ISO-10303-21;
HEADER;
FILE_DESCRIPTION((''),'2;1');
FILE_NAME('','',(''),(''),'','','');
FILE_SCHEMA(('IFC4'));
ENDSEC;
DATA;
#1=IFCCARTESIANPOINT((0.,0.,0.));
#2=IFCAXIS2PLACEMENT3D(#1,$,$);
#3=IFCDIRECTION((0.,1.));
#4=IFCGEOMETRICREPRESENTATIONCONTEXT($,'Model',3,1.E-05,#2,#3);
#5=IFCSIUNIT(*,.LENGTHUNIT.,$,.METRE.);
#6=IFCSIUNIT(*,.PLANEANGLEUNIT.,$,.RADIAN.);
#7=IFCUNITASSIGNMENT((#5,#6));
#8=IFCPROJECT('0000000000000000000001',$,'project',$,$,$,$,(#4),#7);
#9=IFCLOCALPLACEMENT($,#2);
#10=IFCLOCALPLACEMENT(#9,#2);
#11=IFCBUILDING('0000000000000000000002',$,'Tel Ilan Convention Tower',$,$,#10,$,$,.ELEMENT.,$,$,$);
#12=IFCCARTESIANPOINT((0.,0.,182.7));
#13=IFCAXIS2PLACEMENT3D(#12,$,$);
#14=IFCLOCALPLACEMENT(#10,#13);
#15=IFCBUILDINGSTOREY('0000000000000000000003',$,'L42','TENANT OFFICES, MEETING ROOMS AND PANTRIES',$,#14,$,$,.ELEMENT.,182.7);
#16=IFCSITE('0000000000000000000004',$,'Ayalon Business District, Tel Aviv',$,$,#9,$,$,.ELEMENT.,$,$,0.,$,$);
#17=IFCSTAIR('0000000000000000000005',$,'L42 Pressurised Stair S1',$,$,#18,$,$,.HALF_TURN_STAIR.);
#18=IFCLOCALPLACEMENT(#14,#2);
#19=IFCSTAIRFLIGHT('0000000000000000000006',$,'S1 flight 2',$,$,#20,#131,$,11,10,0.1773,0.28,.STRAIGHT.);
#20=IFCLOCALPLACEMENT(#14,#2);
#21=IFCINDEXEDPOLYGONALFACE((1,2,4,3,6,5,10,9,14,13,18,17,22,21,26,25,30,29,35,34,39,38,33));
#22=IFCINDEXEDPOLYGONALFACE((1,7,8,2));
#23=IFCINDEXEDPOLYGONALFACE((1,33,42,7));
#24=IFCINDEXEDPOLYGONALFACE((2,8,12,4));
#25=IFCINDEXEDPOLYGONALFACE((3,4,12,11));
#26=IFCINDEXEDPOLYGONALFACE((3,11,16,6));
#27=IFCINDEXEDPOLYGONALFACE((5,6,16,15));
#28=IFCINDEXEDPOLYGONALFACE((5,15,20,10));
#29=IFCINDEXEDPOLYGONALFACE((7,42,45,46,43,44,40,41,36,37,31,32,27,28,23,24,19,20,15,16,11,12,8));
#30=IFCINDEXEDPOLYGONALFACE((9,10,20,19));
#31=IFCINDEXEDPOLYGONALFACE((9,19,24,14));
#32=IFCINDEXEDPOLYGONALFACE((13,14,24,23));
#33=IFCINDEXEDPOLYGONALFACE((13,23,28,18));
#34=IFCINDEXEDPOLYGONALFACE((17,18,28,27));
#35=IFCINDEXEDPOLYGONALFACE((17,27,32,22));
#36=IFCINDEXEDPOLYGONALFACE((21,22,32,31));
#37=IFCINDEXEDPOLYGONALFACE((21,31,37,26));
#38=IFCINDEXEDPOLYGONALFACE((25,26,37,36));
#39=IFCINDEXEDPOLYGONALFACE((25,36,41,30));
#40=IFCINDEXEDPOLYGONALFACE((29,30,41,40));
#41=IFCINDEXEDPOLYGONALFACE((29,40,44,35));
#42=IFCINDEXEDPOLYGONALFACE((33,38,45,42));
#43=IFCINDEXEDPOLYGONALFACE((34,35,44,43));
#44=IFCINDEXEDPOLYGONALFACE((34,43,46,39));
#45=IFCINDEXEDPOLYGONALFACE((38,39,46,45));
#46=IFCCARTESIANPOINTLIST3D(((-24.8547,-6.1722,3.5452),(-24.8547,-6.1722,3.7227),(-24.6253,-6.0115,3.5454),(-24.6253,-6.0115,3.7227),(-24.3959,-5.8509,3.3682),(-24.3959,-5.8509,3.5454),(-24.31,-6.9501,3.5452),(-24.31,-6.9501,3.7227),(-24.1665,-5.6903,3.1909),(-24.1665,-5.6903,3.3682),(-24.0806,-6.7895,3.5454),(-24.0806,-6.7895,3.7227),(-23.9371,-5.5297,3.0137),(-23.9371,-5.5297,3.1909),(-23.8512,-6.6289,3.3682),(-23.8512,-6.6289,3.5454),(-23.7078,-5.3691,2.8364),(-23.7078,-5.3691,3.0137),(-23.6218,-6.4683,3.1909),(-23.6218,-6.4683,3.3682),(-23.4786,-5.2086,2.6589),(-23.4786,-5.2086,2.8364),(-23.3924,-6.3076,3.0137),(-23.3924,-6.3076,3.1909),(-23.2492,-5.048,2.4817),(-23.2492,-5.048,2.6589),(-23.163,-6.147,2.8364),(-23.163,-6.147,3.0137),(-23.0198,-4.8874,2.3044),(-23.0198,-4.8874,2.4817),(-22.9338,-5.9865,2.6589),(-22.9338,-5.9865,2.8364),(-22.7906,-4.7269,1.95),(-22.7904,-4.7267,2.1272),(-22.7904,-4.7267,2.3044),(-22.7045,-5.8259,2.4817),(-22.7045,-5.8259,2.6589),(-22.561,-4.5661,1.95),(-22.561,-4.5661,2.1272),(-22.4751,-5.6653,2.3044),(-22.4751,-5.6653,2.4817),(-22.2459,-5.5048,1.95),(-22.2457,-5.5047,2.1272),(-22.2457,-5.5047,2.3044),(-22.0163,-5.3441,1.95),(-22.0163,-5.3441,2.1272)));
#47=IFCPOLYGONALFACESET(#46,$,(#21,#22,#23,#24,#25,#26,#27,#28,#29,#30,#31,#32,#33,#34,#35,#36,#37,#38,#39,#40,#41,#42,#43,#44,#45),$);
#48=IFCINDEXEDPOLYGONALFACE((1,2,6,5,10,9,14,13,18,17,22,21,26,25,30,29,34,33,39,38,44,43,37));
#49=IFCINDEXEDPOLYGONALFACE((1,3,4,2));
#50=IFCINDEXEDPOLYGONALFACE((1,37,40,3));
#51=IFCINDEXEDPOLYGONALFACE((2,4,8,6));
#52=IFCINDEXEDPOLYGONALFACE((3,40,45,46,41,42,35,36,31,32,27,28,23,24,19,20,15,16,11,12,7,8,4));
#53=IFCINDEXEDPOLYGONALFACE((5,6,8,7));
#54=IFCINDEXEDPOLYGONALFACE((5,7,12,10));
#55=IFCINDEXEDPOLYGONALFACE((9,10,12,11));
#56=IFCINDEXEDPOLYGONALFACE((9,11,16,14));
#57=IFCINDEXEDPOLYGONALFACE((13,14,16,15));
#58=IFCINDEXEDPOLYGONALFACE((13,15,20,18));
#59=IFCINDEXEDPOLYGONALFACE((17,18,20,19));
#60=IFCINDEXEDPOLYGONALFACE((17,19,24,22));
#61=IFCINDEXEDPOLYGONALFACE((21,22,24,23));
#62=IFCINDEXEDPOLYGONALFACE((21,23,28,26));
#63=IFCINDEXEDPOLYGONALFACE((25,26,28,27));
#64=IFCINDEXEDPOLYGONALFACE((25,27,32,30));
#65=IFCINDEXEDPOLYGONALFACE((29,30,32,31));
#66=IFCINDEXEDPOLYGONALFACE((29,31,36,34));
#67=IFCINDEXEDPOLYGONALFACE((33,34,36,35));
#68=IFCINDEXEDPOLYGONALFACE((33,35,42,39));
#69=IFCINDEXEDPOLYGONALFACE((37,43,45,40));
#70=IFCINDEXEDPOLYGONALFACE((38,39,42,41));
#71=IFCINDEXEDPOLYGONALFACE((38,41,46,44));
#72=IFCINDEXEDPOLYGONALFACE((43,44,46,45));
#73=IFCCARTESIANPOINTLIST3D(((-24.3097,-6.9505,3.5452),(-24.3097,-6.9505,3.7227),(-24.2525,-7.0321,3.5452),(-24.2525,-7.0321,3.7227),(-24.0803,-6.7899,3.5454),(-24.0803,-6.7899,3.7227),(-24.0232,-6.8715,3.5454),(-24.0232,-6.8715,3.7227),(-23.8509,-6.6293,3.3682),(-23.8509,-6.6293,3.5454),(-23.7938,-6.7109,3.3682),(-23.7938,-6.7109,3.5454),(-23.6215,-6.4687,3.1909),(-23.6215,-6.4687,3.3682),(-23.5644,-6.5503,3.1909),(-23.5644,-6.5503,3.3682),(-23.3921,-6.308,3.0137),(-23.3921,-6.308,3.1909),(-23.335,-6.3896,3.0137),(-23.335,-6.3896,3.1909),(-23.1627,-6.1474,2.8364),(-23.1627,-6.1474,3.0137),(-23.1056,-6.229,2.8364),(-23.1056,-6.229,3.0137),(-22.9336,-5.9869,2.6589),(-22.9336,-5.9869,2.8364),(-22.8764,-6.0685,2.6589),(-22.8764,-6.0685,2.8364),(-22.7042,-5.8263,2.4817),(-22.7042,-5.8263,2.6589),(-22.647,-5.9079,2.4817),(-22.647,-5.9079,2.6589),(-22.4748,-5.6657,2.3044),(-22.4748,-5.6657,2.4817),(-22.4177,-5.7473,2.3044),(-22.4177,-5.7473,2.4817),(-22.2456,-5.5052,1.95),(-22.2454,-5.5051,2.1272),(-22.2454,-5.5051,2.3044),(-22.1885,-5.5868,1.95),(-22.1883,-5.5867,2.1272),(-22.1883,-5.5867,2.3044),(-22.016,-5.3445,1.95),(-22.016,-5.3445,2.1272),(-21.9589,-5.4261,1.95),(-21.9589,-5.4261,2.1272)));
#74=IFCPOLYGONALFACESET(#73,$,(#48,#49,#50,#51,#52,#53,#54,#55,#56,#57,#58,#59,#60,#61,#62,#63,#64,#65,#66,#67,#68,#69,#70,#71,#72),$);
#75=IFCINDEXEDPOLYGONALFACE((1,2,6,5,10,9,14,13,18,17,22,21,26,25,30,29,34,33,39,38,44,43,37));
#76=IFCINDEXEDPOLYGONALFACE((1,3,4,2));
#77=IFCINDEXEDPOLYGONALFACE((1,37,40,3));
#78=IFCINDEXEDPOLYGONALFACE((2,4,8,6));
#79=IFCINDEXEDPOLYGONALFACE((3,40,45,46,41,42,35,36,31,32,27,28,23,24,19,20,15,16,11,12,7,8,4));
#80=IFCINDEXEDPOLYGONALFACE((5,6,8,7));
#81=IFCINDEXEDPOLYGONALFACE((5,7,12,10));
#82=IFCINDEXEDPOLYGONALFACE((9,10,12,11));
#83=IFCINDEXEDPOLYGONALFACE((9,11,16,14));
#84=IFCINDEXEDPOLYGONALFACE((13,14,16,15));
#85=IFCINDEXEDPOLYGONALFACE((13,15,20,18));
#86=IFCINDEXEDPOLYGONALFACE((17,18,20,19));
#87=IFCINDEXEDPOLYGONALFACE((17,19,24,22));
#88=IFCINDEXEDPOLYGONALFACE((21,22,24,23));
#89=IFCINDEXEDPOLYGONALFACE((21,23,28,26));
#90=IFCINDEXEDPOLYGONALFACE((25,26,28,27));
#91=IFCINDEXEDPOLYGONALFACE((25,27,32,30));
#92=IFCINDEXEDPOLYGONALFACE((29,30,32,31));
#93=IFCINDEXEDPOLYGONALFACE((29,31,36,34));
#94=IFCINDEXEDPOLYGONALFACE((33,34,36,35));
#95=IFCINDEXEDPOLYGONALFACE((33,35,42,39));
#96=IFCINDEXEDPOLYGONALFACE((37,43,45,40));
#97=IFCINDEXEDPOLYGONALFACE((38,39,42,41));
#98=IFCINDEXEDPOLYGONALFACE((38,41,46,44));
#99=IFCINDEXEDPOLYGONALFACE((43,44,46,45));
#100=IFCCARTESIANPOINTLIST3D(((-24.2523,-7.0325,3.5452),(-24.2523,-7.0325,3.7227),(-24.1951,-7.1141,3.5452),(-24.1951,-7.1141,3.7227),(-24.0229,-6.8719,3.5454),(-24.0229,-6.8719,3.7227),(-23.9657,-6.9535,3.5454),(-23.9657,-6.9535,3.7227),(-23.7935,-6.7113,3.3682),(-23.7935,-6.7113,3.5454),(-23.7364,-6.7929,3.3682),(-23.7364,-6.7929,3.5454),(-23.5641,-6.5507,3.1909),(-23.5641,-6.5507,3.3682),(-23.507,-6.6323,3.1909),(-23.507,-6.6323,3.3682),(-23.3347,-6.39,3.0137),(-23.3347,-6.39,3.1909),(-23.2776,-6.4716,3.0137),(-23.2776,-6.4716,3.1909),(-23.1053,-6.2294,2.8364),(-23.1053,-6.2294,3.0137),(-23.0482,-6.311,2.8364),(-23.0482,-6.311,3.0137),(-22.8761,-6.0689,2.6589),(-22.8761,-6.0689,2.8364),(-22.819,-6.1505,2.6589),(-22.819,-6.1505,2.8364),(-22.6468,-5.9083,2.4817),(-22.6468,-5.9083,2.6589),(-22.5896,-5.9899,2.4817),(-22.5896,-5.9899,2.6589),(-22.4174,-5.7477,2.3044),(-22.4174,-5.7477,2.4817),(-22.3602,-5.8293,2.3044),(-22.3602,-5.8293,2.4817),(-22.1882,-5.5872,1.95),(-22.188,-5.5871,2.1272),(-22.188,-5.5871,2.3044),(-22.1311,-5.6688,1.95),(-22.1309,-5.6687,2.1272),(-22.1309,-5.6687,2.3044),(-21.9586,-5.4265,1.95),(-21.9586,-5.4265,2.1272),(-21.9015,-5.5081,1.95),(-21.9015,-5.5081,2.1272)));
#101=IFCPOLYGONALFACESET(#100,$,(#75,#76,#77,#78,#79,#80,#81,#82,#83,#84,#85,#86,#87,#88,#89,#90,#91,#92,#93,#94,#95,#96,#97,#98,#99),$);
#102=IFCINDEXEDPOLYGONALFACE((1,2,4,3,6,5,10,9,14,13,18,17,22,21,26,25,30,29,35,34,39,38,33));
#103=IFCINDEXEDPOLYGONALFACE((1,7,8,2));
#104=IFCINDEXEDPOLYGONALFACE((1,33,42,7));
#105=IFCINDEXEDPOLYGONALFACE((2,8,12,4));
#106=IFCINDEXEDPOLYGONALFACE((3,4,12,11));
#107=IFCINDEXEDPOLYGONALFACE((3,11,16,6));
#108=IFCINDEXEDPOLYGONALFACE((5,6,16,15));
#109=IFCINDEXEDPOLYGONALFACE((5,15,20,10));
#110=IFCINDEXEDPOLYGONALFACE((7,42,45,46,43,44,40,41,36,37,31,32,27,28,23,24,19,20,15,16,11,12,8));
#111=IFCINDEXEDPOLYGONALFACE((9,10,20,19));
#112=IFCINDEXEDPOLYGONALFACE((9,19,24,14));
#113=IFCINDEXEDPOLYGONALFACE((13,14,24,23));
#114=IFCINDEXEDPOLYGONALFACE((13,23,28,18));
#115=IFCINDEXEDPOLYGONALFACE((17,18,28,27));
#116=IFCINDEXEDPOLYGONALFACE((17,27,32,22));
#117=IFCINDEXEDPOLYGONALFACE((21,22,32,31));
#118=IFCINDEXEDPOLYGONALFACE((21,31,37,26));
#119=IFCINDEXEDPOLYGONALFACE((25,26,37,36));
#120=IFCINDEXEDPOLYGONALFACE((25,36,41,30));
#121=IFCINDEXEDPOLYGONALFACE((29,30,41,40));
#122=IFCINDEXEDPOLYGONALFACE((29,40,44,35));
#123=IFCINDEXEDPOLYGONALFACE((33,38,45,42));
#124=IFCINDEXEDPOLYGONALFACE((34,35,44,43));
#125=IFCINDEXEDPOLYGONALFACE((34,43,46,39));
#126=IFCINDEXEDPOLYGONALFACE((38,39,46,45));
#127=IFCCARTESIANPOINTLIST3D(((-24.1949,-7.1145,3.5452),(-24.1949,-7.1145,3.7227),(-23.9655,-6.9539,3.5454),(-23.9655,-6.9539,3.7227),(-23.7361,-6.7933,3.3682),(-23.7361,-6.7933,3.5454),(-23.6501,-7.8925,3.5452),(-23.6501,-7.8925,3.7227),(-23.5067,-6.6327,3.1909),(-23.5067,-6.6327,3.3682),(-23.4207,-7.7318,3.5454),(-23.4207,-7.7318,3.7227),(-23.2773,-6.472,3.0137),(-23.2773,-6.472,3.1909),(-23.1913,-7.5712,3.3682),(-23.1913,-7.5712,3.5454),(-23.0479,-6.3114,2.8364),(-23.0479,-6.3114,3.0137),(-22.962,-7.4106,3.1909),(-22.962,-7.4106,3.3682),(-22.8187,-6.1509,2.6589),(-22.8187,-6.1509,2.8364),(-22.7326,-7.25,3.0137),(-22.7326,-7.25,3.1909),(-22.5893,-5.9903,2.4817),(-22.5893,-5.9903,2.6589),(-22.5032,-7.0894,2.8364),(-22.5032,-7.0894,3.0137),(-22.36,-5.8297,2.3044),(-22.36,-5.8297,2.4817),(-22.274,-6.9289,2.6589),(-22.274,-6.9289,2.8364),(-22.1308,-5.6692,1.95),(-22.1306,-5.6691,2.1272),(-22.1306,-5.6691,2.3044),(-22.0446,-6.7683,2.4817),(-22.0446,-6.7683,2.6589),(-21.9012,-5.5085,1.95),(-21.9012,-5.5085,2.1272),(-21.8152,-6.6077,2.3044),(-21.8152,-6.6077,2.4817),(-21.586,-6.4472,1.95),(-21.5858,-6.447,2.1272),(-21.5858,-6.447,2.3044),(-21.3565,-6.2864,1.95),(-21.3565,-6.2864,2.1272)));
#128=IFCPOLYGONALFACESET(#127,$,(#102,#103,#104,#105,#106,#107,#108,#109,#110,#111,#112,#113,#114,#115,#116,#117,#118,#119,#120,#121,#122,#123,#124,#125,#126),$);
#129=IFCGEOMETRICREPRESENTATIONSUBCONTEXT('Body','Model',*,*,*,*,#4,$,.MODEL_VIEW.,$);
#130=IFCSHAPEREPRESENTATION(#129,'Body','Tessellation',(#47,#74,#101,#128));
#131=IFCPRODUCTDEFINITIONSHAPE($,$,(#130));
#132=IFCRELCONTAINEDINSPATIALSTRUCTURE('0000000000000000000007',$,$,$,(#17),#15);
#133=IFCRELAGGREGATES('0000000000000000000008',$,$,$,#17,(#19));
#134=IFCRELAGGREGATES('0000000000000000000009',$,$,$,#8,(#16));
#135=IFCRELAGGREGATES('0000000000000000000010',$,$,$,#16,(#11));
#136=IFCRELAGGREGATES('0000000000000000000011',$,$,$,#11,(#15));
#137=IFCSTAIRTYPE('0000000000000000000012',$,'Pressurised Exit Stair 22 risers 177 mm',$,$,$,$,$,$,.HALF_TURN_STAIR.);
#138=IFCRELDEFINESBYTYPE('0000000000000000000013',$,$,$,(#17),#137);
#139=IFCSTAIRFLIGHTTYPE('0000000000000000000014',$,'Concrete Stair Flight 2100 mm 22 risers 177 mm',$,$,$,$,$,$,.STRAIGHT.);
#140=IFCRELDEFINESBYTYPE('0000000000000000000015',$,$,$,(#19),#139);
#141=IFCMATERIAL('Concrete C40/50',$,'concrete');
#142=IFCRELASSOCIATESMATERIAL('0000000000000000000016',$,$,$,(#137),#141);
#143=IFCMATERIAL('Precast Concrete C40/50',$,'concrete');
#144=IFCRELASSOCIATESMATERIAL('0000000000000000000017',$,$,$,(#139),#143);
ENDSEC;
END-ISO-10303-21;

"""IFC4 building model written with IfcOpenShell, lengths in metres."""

from ifc_helpers import new_model, si_unit, direction, frame, origin, place, context, subcontext, project, spatial, polyline, outline, extrude, material, type_object, element, aggregate, save


model = new_model("IFC4")

# Units and contexts
model_context = context("Model", 3, precision=1e-05, world=origin(), true_north=direction((0.0, 1.0)))
body_context = subcontext(model_context, "Body", "Model", "MODEL_VIEW")
ifc_project = project(units=[si_unit("LENGTHUNIT", "METRE"), si_unit("PLANEANGLEUNIT", "RADIAN")], contexts=[model_context])

# Site, building, storey
site_placement = place(None, origin())
site = spatial("IfcSite", under=ifc_project, at=site_placement, Name="Ayalon Business District, Tel Aviv", CompositionType="ELEMENT", RefElevation=0.0)
building_placement = place(site_placement, origin())
building = spatial("IfcBuilding", under=site, at=building_placement, Name="Tel Ilan Convention Tower", CompositionType="ELEMENT")
storey_placement = place(building_placement, frame((0.0, 0.0, 182.7)))
storey = spatial("IfcBuildingStorey", under=building, at=storey_placement, Name="L42", Description="TENANT OFFICES, MEETING ROOMS AND PANTRIES", CompositionType="ELEMENT", Elevation=182.7)

# Stair, stair flight
ifc_material_1 = material(Name="Concrete C40/50", Category="concrete")
stair_type = type_object("IfcStairType", Name="Pressurised Exit Stair 22 risers 177 mm", PredefinedType="HALF_TURN_STAIR", material=ifc_material_1)
stair_1_placement = place(storey_placement, origin())
stair_1 = element("IfcStair", 1, at=stair_1_placement, inside=storey, type_object=stair_type, Name="L42 Pressurised Stair S1", PredefinedType="HALF_TURN_STAIR")
ifc_material_2 = material(Name="Precast Concrete C40/50", Category="concrete")
stair_flight_type = type_object("IfcStairFlightType", Name="Concrete Stair Flight 2100 mm 22 risers 177 mm", PredefinedType="STRAIGHT", material=ifc_material_2)
stair_flight_1_placement = place(storey_placement, frame((-21.9587, -5.4263, 1.95), z_axis=(0.0, 0.0, 1.0), x_axis=(-0.819152, -0.573576, 0.0)))
stair_flight_1 = element("IfcStairFlight", 2, at=stair_flight_1_placement, type_object=stair_flight_type, Name="S1 flight 2", NumberOfRisers=11, NumberOfTreads=10, PredefinedType="STRAIGHT", RiserHeight=0.1773, TreadLength=0.28, context=body_context, shape_type="SweptSolid", body=[
    extrude(outline(polyline([(0.0, 0.0), (0.0, 0.1772), (0.28, 0.1772), (0.28, 0.3545), (0.5601, 0.3545), (0.5601, 0.5317), (0.8401, 0.5317), (0.8401, 0.709), (1.1201, 0.709), (1.1201, 0.8865), (1.3999, 0.8865), (1.3999, 1.0637), (1.6799, 1.0637), (1.6799, 1.241), (1.96, 1.241), (1.96, 1.4182), (2.24, 1.4182), (2.24, 1.5955), (2.52, 1.5955), (2.52, 1.7727), (2.8, 1.7727), (2.8, 1.95), (2.8, 1.5952), (0.2803, 0.0), (0.0, 0.0)])), frame((0.0, -0.1003, 0.0), z_axis=(0.0, -1.0, 0.0), x_axis=(1.0, 0.0, 0.0)), (0.0, 0.0, 1.0), 0.9497),
    extrude(outline(polyline([(0.0, 0.0), (0.0, 0.1772), (0.28, 0.1772), (0.28, 0.3545), (0.5601, 0.3545), (0.5601, 0.5317), (0.8401, 0.5317), (0.8401, 0.709), (1.1201, 0.709), (1.1201, 0.8865), (1.3999, 0.8865), (1.3999, 1.0637), (1.6799, 1.0637), (1.6799, 1.241), (1.96, 1.241), (1.96, 1.4182), (2.24, 1.4182), (2.24, 1.5955), (2.52, 1.5955), (2.52, 1.7727), (2.8, 1.7727), (2.8, 1.95), (2.8, 1.5952), (0.2803, 0.0), (0.0, 0.0)])), frame((0.0, -0.0002, 0.0), z_axis=(0.0, -1.0, 0.0), x_axis=(1.0, 0.0, 0.0)), (0.0, 0.0, 1.0), 0.0996),
    extrude(outline(polyline([(0.0, 0.0), (0.0, 0.1772), (0.28, 0.1772), (0.28, 0.3545), (0.5601, 0.3545), (0.5601, 0.5317), (0.8401, 0.5317), (0.8401, 0.709), (1.1201, 0.709), (1.1201, 0.8865), (1.3999, 0.8865), (1.3999, 1.0637), (1.6799, 1.0637), (1.6799, 1.241), (1.96, 1.241), (1.96, 1.4182), (2.24, 1.4182), (2.24, 1.5955), (2.52, 1.5955), (2.52, 1.7727), (2.8, 1.7727), (2.8, 1.95), (2.8, 1.5952), (0.2803, 0.0), (0.0, 0.0)])), frame((0.0, 0.0999, 0.0), z_axis=(0.0, -1.0, 0.0), x_axis=(1.0, 0.0, 0.0)), (0.0, 0.0, 1.0), 0.0996),
    extrude(outline(polyline([(0.0, 0.0), (0.0, 0.1772), (0.28, 0.1772), (0.28, 0.3545), (0.5601, 0.3545), (0.5601, 0.5317), (0.8401, 0.5317), (0.8401, 0.709), (1.1201, 0.709), (1.1201, 0.8865), (1.3999, 0.8865), (1.3999, 1.0637), (1.6799, 1.0637), (1.6799, 1.241), (1.96, 1.241), (1.96, 1.4182), (2.24, 1.4182), (2.24, 1.5955), (2.52, 1.5955), (2.52, 1.7727), (2.8, 1.7727), (2.8, 1.95), (2.8, 1.5952), (0.2803, 0.0), (0.0, 0.0)])), frame((0.0, 1.05, 0.0), z_axis=(0.0, -1.0, 0.0), x_axis=(1.0, 0.0, 0.0)), (0.0, 0.0, 1.0), 0.9497),
])
aggregate(stair_1, [stair_flight_1])

save(model, "model.ifc")
